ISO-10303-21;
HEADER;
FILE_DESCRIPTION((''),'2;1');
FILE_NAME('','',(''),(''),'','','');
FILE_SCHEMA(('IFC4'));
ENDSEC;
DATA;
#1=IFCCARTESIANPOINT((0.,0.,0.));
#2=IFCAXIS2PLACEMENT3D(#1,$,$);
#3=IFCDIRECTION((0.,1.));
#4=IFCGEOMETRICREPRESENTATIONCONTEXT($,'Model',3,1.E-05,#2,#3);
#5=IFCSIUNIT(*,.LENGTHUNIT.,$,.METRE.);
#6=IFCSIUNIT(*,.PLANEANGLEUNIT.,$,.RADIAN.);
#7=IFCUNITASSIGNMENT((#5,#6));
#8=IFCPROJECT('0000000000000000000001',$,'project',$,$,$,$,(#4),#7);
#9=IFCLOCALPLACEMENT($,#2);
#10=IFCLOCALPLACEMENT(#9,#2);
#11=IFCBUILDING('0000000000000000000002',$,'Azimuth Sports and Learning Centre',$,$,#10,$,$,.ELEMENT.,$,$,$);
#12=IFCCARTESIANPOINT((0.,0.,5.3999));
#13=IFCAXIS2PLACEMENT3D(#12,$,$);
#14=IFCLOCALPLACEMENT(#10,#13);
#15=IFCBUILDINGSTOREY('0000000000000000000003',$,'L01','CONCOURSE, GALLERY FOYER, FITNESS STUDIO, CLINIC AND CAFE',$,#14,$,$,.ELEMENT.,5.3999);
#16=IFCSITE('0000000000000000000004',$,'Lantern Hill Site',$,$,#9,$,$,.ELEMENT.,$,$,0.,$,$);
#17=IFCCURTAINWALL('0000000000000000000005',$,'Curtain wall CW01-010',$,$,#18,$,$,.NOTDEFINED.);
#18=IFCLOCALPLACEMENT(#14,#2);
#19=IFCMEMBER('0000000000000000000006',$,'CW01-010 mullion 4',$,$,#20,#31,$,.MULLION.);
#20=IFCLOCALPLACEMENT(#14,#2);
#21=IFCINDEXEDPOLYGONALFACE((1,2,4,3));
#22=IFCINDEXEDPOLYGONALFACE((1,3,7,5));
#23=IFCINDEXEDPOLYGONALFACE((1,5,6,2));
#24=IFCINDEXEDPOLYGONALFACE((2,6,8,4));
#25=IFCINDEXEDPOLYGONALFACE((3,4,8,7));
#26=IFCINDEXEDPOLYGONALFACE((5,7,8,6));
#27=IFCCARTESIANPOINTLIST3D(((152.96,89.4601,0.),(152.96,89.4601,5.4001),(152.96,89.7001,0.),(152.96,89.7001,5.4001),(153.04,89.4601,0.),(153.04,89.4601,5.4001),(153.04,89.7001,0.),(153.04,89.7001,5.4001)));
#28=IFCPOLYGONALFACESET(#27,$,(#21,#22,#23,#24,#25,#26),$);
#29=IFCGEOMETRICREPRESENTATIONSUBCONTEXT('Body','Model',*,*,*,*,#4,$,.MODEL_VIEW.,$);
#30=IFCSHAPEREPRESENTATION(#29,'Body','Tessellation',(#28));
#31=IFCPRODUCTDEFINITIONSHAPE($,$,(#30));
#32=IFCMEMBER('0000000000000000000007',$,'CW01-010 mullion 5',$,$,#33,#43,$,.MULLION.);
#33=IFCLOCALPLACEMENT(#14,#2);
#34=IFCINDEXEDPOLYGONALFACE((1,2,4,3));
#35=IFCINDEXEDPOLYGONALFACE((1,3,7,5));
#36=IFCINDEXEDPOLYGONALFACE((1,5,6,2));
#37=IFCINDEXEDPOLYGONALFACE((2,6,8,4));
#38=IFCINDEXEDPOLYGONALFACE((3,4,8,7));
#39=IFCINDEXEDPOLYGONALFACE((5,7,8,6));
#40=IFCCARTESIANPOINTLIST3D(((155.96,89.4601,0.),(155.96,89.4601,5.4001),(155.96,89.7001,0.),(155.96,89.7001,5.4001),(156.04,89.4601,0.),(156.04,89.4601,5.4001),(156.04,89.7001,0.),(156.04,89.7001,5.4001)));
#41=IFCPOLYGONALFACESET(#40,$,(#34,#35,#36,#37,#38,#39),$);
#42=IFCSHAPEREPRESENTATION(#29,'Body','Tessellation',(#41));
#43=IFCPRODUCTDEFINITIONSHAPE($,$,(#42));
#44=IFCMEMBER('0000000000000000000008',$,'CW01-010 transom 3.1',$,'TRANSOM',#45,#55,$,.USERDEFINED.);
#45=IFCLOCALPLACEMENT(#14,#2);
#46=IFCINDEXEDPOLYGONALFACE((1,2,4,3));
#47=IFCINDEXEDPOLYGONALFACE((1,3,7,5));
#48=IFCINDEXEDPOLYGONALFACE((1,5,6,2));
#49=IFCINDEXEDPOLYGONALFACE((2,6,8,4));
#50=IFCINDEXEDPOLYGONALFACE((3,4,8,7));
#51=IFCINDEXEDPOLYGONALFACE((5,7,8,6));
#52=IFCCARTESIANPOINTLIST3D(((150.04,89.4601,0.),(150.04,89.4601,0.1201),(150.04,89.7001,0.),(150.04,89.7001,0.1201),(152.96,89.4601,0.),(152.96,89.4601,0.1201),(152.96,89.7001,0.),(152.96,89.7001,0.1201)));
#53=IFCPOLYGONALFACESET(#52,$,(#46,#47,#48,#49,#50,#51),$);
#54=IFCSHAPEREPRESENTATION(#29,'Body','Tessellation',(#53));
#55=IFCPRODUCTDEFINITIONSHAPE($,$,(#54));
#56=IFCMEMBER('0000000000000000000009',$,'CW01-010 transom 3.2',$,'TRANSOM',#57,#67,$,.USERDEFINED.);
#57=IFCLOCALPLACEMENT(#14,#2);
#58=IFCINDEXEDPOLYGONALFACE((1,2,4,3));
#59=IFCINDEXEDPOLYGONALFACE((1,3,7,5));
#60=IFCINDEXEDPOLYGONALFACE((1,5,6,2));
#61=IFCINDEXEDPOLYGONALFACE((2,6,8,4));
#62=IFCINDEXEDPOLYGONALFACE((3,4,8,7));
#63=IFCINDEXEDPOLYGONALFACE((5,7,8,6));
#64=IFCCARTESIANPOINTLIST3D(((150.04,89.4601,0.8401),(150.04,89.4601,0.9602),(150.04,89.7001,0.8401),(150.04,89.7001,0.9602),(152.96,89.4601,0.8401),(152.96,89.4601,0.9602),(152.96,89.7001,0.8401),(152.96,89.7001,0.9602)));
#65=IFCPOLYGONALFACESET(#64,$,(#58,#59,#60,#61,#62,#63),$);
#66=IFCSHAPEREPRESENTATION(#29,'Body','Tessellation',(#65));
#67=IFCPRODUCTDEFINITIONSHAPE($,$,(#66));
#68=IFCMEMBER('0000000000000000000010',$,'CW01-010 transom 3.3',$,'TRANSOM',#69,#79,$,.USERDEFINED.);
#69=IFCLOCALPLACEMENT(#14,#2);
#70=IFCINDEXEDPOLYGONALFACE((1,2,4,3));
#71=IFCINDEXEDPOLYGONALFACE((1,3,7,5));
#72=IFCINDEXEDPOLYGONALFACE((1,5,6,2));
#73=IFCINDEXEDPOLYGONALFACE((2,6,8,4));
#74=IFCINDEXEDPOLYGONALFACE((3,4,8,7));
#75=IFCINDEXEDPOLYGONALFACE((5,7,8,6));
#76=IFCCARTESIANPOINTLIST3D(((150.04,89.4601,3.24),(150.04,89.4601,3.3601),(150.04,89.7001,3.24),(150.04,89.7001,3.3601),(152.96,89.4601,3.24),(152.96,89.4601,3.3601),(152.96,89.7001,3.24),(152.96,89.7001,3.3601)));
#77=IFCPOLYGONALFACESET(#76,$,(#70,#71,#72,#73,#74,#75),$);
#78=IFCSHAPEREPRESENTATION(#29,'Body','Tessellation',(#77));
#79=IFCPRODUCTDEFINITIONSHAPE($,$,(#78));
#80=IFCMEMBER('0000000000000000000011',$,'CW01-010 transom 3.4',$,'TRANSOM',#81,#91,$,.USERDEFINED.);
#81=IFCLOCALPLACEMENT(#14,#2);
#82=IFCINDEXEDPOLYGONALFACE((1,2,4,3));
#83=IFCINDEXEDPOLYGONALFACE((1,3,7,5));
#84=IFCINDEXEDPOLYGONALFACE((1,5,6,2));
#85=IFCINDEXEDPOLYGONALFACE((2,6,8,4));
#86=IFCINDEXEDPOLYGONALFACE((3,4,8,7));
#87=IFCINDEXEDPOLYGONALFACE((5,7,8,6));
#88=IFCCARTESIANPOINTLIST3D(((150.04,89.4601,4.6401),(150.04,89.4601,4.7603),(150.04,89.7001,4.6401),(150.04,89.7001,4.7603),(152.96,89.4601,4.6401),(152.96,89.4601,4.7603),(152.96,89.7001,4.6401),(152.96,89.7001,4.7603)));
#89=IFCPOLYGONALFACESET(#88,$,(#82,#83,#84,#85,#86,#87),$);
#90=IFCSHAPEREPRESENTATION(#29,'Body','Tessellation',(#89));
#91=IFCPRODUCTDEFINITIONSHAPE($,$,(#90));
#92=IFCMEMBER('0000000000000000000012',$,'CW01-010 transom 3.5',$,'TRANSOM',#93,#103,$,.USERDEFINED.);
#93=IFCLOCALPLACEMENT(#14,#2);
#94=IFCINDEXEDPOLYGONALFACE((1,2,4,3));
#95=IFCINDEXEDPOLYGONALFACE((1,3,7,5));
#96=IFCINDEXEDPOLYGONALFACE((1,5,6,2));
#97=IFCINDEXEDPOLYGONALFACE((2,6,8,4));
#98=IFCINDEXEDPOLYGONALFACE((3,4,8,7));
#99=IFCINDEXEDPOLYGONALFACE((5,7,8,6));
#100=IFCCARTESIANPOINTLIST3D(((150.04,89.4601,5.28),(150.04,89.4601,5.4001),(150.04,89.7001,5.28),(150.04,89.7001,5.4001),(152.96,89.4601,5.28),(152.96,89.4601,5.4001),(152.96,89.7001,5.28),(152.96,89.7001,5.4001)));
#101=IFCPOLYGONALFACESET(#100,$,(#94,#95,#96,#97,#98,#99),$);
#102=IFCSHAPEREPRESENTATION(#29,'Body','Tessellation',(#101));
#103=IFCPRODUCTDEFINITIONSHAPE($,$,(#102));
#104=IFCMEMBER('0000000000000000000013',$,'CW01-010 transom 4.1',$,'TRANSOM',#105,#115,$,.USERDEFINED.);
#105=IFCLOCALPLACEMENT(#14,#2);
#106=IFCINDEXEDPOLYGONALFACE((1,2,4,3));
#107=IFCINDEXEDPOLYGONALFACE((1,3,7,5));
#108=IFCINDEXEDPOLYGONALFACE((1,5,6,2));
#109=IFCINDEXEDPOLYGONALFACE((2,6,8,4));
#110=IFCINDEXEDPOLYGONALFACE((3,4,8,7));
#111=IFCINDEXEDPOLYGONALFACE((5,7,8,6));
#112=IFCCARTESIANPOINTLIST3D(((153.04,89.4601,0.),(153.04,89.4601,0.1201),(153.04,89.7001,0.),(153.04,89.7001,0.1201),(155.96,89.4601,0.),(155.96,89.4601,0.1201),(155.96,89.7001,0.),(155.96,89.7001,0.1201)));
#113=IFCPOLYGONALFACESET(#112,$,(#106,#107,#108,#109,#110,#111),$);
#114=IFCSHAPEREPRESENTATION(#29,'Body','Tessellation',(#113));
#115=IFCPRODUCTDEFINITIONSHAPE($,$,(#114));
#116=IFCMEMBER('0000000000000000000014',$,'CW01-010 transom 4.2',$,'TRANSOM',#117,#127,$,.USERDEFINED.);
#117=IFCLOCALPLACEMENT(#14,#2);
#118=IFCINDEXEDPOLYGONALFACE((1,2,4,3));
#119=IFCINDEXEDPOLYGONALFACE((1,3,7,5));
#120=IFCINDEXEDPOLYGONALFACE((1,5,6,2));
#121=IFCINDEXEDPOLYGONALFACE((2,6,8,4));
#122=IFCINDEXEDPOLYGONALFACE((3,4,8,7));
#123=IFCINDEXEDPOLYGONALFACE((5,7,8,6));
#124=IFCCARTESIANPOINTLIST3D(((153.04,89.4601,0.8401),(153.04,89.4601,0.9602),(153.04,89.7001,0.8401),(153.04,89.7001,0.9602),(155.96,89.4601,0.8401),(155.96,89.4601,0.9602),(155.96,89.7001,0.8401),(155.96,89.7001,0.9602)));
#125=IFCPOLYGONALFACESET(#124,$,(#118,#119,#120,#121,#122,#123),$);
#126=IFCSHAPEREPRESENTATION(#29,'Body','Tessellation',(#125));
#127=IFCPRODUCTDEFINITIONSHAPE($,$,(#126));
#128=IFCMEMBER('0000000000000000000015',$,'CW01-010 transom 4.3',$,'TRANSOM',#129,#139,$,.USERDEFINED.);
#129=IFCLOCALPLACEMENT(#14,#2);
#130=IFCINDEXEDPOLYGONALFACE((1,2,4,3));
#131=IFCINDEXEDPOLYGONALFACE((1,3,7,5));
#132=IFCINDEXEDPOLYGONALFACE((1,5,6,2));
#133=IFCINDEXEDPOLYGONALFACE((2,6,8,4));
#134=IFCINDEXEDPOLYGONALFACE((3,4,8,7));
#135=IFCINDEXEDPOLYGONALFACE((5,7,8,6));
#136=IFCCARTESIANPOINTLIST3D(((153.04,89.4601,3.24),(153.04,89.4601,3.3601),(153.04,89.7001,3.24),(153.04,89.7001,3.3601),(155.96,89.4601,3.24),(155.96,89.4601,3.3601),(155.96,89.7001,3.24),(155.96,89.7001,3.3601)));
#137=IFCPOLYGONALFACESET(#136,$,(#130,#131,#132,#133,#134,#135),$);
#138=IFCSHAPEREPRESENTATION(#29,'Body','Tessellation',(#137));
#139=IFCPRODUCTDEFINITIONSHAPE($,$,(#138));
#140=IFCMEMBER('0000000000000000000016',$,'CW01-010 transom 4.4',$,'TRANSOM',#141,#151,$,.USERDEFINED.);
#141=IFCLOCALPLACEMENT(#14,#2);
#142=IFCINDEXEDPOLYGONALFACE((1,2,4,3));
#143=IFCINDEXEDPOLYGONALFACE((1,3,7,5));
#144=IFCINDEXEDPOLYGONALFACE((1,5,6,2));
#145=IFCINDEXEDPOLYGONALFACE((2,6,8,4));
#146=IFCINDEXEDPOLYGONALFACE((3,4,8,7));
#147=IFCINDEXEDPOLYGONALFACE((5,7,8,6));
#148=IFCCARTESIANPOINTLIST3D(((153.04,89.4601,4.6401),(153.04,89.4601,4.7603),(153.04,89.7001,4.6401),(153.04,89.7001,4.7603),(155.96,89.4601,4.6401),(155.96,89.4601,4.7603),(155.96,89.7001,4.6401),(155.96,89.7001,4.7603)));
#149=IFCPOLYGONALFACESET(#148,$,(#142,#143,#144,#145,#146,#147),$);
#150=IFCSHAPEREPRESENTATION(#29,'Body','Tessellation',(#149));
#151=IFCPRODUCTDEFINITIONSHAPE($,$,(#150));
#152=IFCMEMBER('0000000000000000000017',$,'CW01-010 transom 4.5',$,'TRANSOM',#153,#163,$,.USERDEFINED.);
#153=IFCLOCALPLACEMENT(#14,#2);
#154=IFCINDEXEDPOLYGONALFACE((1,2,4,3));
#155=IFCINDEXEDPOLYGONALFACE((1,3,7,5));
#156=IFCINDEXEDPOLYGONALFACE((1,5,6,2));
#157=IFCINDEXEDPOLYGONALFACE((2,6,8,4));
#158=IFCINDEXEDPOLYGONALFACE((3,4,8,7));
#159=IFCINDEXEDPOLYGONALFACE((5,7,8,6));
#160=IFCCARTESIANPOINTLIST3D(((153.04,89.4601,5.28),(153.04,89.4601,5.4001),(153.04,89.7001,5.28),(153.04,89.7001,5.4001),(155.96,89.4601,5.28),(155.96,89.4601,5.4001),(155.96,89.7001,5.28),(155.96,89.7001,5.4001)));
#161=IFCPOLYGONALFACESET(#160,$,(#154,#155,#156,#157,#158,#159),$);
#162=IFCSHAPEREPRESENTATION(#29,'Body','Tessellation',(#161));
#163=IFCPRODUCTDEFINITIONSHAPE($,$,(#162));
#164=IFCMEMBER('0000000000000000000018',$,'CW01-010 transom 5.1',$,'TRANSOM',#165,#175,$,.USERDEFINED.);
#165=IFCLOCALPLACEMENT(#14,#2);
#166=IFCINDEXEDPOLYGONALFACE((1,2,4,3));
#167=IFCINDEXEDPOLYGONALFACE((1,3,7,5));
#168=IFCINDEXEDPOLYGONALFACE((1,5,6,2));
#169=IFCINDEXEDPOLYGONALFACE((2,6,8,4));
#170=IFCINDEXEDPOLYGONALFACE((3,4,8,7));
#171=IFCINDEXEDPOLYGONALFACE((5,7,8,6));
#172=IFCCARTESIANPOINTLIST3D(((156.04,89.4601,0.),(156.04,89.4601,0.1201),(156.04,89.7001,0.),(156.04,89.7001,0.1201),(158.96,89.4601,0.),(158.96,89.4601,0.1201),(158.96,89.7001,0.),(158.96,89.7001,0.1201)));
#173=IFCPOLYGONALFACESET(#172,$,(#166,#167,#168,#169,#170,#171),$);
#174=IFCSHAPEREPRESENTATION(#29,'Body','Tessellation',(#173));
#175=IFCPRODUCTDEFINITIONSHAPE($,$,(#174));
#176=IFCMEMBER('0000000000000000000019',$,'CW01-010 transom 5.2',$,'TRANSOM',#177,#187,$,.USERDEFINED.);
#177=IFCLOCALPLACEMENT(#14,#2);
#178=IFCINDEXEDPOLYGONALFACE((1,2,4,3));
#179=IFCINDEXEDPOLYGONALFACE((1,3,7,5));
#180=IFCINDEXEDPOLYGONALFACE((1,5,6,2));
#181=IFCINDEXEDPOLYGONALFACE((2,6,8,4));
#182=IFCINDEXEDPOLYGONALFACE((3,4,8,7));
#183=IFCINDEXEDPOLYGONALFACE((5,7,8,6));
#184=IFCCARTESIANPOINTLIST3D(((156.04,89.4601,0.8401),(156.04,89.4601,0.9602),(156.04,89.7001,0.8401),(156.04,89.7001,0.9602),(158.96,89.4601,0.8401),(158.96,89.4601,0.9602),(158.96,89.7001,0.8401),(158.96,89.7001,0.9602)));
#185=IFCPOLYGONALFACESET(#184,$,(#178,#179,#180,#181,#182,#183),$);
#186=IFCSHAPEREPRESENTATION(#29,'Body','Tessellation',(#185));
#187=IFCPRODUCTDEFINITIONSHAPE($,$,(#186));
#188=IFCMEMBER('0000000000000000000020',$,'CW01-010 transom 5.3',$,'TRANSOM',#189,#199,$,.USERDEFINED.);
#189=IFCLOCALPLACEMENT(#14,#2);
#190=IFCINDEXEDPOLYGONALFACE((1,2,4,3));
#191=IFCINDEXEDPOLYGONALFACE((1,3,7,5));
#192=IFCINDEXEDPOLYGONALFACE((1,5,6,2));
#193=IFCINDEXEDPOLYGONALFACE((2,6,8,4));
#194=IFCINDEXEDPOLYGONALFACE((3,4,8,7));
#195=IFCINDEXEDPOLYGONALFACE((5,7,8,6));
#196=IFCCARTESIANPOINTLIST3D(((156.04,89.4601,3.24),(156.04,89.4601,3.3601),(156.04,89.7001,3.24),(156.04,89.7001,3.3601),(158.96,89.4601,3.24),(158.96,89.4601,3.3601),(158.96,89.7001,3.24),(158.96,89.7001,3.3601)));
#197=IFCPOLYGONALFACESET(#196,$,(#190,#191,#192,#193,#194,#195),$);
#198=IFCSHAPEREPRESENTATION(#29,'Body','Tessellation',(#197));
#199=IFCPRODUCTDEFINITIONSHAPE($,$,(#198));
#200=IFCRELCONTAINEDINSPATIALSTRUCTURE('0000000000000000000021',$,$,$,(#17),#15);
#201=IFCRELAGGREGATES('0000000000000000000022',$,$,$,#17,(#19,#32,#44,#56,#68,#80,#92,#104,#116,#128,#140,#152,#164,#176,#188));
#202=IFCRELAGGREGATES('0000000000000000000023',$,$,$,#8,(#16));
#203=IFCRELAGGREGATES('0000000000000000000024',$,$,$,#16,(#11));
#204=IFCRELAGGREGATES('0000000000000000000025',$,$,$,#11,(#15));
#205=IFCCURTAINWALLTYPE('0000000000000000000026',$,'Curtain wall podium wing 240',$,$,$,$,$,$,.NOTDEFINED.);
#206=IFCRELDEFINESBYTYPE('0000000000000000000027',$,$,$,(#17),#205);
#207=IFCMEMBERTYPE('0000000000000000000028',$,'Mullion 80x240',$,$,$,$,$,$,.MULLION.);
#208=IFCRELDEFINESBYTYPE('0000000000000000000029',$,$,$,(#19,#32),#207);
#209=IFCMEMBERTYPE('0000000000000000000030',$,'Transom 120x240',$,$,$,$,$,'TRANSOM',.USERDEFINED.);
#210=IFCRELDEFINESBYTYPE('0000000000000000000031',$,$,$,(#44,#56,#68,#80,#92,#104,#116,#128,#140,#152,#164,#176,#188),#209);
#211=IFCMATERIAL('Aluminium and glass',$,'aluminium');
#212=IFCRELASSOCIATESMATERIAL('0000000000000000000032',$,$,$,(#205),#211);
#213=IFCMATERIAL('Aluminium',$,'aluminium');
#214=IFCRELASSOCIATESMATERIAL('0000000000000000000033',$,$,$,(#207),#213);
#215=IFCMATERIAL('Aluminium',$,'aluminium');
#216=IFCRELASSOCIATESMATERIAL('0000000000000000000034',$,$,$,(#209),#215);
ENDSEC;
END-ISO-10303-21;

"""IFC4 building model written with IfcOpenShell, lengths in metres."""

from ifc_helpers import new_model, si_unit, direction, frame, origin, origin_2d, place, context, subcontext, project, spatial, rectangle, extrude, material, material_profile, profile_set, type_object, element, aggregate, save


model = new_model("IFC4")

# Units and contexts
model_context = context("Model", 3, precision=1e-05, world=origin(), true_north=direction((0.0, 1.0)))
body_context = subcontext(model_context, "Body", "Model", "MODEL_VIEW")
ifc_project = project(units=[si_unit("LENGTHUNIT", "METRE"), si_unit("PLANEANGLEUNIT", "RADIAN")], contexts=[model_context])

# Site, building, storey
site_placement = place(None, origin())
site = spatial("IfcSite", under=ifc_project, at=site_placement, Name="Lantern Hill Site", CompositionType="ELEMENT", RefElevation=0.0)
building_placement = place(site_placement, origin())
building = spatial("IfcBuilding", under=site, at=building_placement, Name="Azimuth Sports and Learning Centre", CompositionType="ELEMENT")
storey_placement = place(building_placement, frame((0.0, 0.0, 5.3999)))
storey = spatial("IfcBuildingStorey", under=building, at=storey_placement, Name="L01", Description="CONCOURSE, GALLERY FOYER, FITNESS STUDIO, CLINIC AND CAFE", CompositionType="ELEMENT", Elevation=5.3999)

# Curtain wall, members
ifc_material_1 = material(Name="Aluminium and glass", Category="aluminium")
curtain_wall_type = type_object("IfcCurtainWallType", Name="Curtain wall podium wing 240", PredefinedType="NOTDEFINED", material=ifc_material_1)
curtain_wall_placement = place(storey_placement, origin())
curtain_wall = element("IfcCurtainWall", 1, at=curtain_wall_placement, inside=storey, type_object=curtain_wall_type, Name="Curtain wall CW01-010", PredefinedType="NOTDEFINED")
ifc_material_2 = material(Name="Aluminium", Category="aluminium")
ifc_material_profile_1 = material_profile(ifc_material_2, rectangle(XDim=0.24, YDim=0.0801, at=origin_2d()), Name="Mullion 80x240")
ifc_profile_set_1 = profile_set([ifc_material_profile_1], Name="Aluminium")
member_type_1 = type_object("IfcMemberType", Name="Mullion 80x240", PredefinedType="MULLION", material=ifc_profile_set_1)
member_1_placement = place(storey_placement, frame((153.0, 89.5801, 0.0), z_axis=(0.0, 0.0, 1.0), x_axis=(0.0, 1.0, 0.0)))
member_1 = element("IfcMember", 2, at=member_1_placement, type_object=member_type_1, Name="CW01-010 mullion 4", PredefinedType="MULLION", context=body_context, shape_type="SweptSolid", body=[
    extrude(rectangle(XDim=0.24, YDim=0.0801, at=origin_2d()), origin(), (0.0, 0.0, 1.0), 5.4001),
])
member_2_placement = place(storey_placement, frame((156.0, 89.5801, 0.0), z_axis=(0.0, 0.0, 1.0), x_axis=(0.0, 1.0, 0.0)))
member_2 = element("IfcMember", 3, at=member_2_placement, type_object=member_type_1, Name="CW01-010 mullion 5", PredefinedType="MULLION", context=body_context, shape_type="SweptSolid", body=[
    extrude(rectangle(XDim=0.24, YDim=0.0801, at=origin_2d()), origin(), (0.0, 0.0, 1.0), 5.4001),
])
ifc_material_3 = material(Name="Aluminium", Category="aluminium")
ifc_material_profile_2 = material_profile(ifc_material_3, rectangle(XDim=0.24, YDim=0.1201, at=origin_2d()), Name="Transom 120x240")
ifc_profile_set_2 = profile_set([ifc_material_profile_2], Name="Aluminium")
member_type_2 = type_object("IfcMemberType", Name="Transom 120x240", ElementType="TRANSOM", PredefinedType="USERDEFINED", material=ifc_profile_set_2)
member_3_placement = place(storey_placement, frame((150.04, 89.5801, 0.0601), z_axis=(1.0, 0.0, 0.0), x_axis=(0.0, 1.0, 0.0)))
member_3 = element("IfcMember", 4, at=member_3_placement, type_object=member_type_2, Name="CW01-010 transom 3.1", ObjectType="TRANSOM", PredefinedType="USERDEFINED", context=body_context, shape_type="SweptSolid", body=[
    extrude(rectangle(XDim=0.24, YDim=0.1201, at=origin_2d()), origin(), (0.0, 0.0, 1.0), 2.9199),
])
member_4_placement = place(storey_placement, frame((150.04, 89.5801, 0.9001), z_axis=(1.0, 0.0, 0.0), x_axis=(0.0, 1.0, 0.0)))
member_4 = element("IfcMember", 5, at=member_4_placement, type_object=member_type_2, Name="CW01-010 transom 3.2", ObjectType="TRANSOM", PredefinedType="USERDEFINED", context=body_context, shape_type="SweptSolid", body=[
    extrude(rectangle(XDim=0.24, YDim=0.1201, at=origin_2d()), origin(), (0.0, 0.0, 1.0), 2.9199),
])
member_5_placement = place(storey_placement, frame((150.04, 89.5801, 3.3), z_axis=(1.0, 0.0, 0.0), x_axis=(0.0, 1.0, 0.0)))
member_5 = element("IfcMember", 6, at=member_5_placement, type_object=member_type_2, Name="CW01-010 transom 3.3", ObjectType="TRANSOM", PredefinedType="USERDEFINED", context=body_context, shape_type="SweptSolid", body=[
    extrude(rectangle(XDim=0.24, YDim=0.1201, at=origin_2d()), origin(), (0.0, 0.0, 1.0), 2.9199),
])
member_6_placement = place(storey_placement, frame((150.04, 89.5801, 4.7002), z_axis=(1.0, 0.0, 0.0), x_axis=(0.0, 1.0, 0.0)))
member_6 = element("IfcMember", 7, at=member_6_placement, type_object=member_type_2, Name="CW01-010 transom 3.4", ObjectType="TRANSOM", PredefinedType="USERDEFINED", context=body_context, shape_type="SweptSolid", body=[
    extrude(rectangle(XDim=0.24, YDim=0.1201, at=origin_2d()), origin(), (0.0, 0.0, 1.0), 2.9199),
])
member_7_placement = place(storey_placement, frame((150.04, 89.5801, 5.3401), z_axis=(1.0, 0.0, 0.0), x_axis=(0.0, 1.0, 0.0)))
member_7 = element("IfcMember", 8, at=member_7_placement, type_object=member_type_2, Name="CW01-010 transom 3.5", ObjectType="TRANSOM", PredefinedType="USERDEFINED", context=body_context, shape_type="SweptSolid", body=[
    extrude(rectangle(XDim=0.24, YDim=0.1201, at=origin_2d()), origin(), (0.0, 0.0, 1.0), 2.9199),
])
member_8_placement = place(storey_placement, frame((153.04, 89.5801, 0.0601), z_axis=(1.0, 0.0, 0.0), x_axis=(0.0, 1.0, 0.0)))
member_8 = element("IfcMember", 9, at=member_8_placement, type_object=member_type_2, Name="CW01-010 transom 4.1", ObjectType="TRANSOM", PredefinedType="USERDEFINED", context=body_context, shape_type="SweptSolid", body=[
    extrude(rectangle(XDim=0.24, YDim=0.1201, at=origin_2d()), origin(), (0.0, 0.0, 1.0), 2.9199),
])
member_9_placement = place(storey_placement, frame((153.04, 89.5801, 0.9001), z_axis=(1.0, 0.0, 0.0), x_axis=(0.0, 1.0, 0.0)))
member_9 = element("IfcMember", 10, at=member_9_placement, type_object=member_type_2, Name="CW01-010 transom 4.2", ObjectType="TRANSOM", PredefinedType="USERDEFINED", context=body_context, shape_type="SweptSolid", body=[
    extrude(rectangle(XDim=0.24, YDim=0.1201, at=origin_2d()), origin(), (0.0, 0.0, 1.0), 2.9199),
])
member_10_placement = place(storey_placement, frame((153.04, 89.5801, 3.3), z_axis=(1.0, 0.0, 0.0), x_axis=(0.0, 1.0, 0.0)))
member_10 = element("IfcMember", 11, at=member_10_placement, type_object=member_type_2, Name="CW01-010 transom 4.3", ObjectType="TRANSOM", PredefinedType="USERDEFINED", context=body_context, shape_type="SweptSolid", body=[
    extrude(rectangle(XDim=0.24, YDim=0.1201, at=origin_2d()), origin(), (0.0, 0.0, 1.0), 2.9199),
])
member_11_placement = place(storey_placement, frame((153.04, 89.5801, 4.7002), z_axis=(1.0, 0.0, 0.0), x_axis=(0.0, 1.0, 0.0)))
member_11 = element("IfcMember", 12, at=member_11_placement, type_object=member_type_2, Name="CW01-010 transom 4.4", ObjectType="TRANSOM", PredefinedType="USERDEFINED", context=body_context, shape_type="SweptSolid", body=[
    extrude(rectangle(XDim=0.24, YDim=0.1201, at=origin_2d()), origin(), (0.0, 0.0, 1.0), 2.9199),
])
member_12_placement = place(storey_placement, frame((153.04, 89.5801, 5.3401), z_axis=(1.0, 0.0, 0.0), x_axis=(0.0, 1.0, 0.0)))
member_12 = element("IfcMember", 13, at=member_12_placement, type_object=member_type_2, Name="CW01-010 transom 4.5", ObjectType="TRANSOM", PredefinedType="USERDEFINED", context=body_context, shape_type="SweptSolid", body=[
    extrude(rectangle(XDim=0.24, YDim=0.1201, at=origin_2d()), origin(), (0.0, 0.0, 1.0), 2.9199),
])
member_13_placement = place(storey_placement, frame((156.04, 89.5801, 0.0601), z_axis=(1.0, 0.0, 0.0), x_axis=(0.0, 1.0, 0.0)))
member_13 = element("IfcMember", 14, at=member_13_placement, type_object=member_type_2, Name="CW01-010 transom 5.1", ObjectType="TRANSOM", PredefinedType="USERDEFINED", context=body_context, shape_type="SweptSolid", body=[
    extrude(rectangle(XDim=0.24, YDim=0.1201, at=origin_2d()), origin(), (0.0, 0.0, 1.0), 2.9199),
])
member_14_placement = place(storey_placement, frame((156.04, 89.5801, 0.9001), z_axis=(1.0, 0.0, 0.0), x_axis=(0.0, 1.0, 0.0)))
member_14 = element("IfcMember", 15, at=member_14_placement, type_object=member_type_2, Name="CW01-010 transom 5.2", ObjectType="TRANSOM", PredefinedType="USERDEFINED", context=body_context, shape_type="SweptSolid", body=[
    extrude(rectangle(XDim=0.24, YDim=0.1201, at=origin_2d()), origin(), (0.0, 0.0, 1.0), 2.9199),
])
member_15_placement = place(storey_placement, frame((156.04, 89.5801, 3.3), z_axis=(1.0, 0.0, 0.0), x_axis=(0.0, 1.0, 0.0)))
member_15 = element("IfcMember", 16, at=member_15_placement, type_object=member_type_2, Name="CW01-010 transom 5.3", ObjectType="TRANSOM", PredefinedType="USERDEFINED", context=body_context, shape_type="SweptSolid", body=[
    extrude(rectangle(XDim=0.24, YDim=0.1201, at=origin_2d()), origin(), (0.0, 0.0, 1.0), 2.9199),
])
aggregate(curtain_wall, [member_1, member_2, member_3, member_4, member_5, member_6, member_7, member_8, member_9, member_10, member_11, member_12, member_13, member_14, member_15])

save(model, "model.ifc")
